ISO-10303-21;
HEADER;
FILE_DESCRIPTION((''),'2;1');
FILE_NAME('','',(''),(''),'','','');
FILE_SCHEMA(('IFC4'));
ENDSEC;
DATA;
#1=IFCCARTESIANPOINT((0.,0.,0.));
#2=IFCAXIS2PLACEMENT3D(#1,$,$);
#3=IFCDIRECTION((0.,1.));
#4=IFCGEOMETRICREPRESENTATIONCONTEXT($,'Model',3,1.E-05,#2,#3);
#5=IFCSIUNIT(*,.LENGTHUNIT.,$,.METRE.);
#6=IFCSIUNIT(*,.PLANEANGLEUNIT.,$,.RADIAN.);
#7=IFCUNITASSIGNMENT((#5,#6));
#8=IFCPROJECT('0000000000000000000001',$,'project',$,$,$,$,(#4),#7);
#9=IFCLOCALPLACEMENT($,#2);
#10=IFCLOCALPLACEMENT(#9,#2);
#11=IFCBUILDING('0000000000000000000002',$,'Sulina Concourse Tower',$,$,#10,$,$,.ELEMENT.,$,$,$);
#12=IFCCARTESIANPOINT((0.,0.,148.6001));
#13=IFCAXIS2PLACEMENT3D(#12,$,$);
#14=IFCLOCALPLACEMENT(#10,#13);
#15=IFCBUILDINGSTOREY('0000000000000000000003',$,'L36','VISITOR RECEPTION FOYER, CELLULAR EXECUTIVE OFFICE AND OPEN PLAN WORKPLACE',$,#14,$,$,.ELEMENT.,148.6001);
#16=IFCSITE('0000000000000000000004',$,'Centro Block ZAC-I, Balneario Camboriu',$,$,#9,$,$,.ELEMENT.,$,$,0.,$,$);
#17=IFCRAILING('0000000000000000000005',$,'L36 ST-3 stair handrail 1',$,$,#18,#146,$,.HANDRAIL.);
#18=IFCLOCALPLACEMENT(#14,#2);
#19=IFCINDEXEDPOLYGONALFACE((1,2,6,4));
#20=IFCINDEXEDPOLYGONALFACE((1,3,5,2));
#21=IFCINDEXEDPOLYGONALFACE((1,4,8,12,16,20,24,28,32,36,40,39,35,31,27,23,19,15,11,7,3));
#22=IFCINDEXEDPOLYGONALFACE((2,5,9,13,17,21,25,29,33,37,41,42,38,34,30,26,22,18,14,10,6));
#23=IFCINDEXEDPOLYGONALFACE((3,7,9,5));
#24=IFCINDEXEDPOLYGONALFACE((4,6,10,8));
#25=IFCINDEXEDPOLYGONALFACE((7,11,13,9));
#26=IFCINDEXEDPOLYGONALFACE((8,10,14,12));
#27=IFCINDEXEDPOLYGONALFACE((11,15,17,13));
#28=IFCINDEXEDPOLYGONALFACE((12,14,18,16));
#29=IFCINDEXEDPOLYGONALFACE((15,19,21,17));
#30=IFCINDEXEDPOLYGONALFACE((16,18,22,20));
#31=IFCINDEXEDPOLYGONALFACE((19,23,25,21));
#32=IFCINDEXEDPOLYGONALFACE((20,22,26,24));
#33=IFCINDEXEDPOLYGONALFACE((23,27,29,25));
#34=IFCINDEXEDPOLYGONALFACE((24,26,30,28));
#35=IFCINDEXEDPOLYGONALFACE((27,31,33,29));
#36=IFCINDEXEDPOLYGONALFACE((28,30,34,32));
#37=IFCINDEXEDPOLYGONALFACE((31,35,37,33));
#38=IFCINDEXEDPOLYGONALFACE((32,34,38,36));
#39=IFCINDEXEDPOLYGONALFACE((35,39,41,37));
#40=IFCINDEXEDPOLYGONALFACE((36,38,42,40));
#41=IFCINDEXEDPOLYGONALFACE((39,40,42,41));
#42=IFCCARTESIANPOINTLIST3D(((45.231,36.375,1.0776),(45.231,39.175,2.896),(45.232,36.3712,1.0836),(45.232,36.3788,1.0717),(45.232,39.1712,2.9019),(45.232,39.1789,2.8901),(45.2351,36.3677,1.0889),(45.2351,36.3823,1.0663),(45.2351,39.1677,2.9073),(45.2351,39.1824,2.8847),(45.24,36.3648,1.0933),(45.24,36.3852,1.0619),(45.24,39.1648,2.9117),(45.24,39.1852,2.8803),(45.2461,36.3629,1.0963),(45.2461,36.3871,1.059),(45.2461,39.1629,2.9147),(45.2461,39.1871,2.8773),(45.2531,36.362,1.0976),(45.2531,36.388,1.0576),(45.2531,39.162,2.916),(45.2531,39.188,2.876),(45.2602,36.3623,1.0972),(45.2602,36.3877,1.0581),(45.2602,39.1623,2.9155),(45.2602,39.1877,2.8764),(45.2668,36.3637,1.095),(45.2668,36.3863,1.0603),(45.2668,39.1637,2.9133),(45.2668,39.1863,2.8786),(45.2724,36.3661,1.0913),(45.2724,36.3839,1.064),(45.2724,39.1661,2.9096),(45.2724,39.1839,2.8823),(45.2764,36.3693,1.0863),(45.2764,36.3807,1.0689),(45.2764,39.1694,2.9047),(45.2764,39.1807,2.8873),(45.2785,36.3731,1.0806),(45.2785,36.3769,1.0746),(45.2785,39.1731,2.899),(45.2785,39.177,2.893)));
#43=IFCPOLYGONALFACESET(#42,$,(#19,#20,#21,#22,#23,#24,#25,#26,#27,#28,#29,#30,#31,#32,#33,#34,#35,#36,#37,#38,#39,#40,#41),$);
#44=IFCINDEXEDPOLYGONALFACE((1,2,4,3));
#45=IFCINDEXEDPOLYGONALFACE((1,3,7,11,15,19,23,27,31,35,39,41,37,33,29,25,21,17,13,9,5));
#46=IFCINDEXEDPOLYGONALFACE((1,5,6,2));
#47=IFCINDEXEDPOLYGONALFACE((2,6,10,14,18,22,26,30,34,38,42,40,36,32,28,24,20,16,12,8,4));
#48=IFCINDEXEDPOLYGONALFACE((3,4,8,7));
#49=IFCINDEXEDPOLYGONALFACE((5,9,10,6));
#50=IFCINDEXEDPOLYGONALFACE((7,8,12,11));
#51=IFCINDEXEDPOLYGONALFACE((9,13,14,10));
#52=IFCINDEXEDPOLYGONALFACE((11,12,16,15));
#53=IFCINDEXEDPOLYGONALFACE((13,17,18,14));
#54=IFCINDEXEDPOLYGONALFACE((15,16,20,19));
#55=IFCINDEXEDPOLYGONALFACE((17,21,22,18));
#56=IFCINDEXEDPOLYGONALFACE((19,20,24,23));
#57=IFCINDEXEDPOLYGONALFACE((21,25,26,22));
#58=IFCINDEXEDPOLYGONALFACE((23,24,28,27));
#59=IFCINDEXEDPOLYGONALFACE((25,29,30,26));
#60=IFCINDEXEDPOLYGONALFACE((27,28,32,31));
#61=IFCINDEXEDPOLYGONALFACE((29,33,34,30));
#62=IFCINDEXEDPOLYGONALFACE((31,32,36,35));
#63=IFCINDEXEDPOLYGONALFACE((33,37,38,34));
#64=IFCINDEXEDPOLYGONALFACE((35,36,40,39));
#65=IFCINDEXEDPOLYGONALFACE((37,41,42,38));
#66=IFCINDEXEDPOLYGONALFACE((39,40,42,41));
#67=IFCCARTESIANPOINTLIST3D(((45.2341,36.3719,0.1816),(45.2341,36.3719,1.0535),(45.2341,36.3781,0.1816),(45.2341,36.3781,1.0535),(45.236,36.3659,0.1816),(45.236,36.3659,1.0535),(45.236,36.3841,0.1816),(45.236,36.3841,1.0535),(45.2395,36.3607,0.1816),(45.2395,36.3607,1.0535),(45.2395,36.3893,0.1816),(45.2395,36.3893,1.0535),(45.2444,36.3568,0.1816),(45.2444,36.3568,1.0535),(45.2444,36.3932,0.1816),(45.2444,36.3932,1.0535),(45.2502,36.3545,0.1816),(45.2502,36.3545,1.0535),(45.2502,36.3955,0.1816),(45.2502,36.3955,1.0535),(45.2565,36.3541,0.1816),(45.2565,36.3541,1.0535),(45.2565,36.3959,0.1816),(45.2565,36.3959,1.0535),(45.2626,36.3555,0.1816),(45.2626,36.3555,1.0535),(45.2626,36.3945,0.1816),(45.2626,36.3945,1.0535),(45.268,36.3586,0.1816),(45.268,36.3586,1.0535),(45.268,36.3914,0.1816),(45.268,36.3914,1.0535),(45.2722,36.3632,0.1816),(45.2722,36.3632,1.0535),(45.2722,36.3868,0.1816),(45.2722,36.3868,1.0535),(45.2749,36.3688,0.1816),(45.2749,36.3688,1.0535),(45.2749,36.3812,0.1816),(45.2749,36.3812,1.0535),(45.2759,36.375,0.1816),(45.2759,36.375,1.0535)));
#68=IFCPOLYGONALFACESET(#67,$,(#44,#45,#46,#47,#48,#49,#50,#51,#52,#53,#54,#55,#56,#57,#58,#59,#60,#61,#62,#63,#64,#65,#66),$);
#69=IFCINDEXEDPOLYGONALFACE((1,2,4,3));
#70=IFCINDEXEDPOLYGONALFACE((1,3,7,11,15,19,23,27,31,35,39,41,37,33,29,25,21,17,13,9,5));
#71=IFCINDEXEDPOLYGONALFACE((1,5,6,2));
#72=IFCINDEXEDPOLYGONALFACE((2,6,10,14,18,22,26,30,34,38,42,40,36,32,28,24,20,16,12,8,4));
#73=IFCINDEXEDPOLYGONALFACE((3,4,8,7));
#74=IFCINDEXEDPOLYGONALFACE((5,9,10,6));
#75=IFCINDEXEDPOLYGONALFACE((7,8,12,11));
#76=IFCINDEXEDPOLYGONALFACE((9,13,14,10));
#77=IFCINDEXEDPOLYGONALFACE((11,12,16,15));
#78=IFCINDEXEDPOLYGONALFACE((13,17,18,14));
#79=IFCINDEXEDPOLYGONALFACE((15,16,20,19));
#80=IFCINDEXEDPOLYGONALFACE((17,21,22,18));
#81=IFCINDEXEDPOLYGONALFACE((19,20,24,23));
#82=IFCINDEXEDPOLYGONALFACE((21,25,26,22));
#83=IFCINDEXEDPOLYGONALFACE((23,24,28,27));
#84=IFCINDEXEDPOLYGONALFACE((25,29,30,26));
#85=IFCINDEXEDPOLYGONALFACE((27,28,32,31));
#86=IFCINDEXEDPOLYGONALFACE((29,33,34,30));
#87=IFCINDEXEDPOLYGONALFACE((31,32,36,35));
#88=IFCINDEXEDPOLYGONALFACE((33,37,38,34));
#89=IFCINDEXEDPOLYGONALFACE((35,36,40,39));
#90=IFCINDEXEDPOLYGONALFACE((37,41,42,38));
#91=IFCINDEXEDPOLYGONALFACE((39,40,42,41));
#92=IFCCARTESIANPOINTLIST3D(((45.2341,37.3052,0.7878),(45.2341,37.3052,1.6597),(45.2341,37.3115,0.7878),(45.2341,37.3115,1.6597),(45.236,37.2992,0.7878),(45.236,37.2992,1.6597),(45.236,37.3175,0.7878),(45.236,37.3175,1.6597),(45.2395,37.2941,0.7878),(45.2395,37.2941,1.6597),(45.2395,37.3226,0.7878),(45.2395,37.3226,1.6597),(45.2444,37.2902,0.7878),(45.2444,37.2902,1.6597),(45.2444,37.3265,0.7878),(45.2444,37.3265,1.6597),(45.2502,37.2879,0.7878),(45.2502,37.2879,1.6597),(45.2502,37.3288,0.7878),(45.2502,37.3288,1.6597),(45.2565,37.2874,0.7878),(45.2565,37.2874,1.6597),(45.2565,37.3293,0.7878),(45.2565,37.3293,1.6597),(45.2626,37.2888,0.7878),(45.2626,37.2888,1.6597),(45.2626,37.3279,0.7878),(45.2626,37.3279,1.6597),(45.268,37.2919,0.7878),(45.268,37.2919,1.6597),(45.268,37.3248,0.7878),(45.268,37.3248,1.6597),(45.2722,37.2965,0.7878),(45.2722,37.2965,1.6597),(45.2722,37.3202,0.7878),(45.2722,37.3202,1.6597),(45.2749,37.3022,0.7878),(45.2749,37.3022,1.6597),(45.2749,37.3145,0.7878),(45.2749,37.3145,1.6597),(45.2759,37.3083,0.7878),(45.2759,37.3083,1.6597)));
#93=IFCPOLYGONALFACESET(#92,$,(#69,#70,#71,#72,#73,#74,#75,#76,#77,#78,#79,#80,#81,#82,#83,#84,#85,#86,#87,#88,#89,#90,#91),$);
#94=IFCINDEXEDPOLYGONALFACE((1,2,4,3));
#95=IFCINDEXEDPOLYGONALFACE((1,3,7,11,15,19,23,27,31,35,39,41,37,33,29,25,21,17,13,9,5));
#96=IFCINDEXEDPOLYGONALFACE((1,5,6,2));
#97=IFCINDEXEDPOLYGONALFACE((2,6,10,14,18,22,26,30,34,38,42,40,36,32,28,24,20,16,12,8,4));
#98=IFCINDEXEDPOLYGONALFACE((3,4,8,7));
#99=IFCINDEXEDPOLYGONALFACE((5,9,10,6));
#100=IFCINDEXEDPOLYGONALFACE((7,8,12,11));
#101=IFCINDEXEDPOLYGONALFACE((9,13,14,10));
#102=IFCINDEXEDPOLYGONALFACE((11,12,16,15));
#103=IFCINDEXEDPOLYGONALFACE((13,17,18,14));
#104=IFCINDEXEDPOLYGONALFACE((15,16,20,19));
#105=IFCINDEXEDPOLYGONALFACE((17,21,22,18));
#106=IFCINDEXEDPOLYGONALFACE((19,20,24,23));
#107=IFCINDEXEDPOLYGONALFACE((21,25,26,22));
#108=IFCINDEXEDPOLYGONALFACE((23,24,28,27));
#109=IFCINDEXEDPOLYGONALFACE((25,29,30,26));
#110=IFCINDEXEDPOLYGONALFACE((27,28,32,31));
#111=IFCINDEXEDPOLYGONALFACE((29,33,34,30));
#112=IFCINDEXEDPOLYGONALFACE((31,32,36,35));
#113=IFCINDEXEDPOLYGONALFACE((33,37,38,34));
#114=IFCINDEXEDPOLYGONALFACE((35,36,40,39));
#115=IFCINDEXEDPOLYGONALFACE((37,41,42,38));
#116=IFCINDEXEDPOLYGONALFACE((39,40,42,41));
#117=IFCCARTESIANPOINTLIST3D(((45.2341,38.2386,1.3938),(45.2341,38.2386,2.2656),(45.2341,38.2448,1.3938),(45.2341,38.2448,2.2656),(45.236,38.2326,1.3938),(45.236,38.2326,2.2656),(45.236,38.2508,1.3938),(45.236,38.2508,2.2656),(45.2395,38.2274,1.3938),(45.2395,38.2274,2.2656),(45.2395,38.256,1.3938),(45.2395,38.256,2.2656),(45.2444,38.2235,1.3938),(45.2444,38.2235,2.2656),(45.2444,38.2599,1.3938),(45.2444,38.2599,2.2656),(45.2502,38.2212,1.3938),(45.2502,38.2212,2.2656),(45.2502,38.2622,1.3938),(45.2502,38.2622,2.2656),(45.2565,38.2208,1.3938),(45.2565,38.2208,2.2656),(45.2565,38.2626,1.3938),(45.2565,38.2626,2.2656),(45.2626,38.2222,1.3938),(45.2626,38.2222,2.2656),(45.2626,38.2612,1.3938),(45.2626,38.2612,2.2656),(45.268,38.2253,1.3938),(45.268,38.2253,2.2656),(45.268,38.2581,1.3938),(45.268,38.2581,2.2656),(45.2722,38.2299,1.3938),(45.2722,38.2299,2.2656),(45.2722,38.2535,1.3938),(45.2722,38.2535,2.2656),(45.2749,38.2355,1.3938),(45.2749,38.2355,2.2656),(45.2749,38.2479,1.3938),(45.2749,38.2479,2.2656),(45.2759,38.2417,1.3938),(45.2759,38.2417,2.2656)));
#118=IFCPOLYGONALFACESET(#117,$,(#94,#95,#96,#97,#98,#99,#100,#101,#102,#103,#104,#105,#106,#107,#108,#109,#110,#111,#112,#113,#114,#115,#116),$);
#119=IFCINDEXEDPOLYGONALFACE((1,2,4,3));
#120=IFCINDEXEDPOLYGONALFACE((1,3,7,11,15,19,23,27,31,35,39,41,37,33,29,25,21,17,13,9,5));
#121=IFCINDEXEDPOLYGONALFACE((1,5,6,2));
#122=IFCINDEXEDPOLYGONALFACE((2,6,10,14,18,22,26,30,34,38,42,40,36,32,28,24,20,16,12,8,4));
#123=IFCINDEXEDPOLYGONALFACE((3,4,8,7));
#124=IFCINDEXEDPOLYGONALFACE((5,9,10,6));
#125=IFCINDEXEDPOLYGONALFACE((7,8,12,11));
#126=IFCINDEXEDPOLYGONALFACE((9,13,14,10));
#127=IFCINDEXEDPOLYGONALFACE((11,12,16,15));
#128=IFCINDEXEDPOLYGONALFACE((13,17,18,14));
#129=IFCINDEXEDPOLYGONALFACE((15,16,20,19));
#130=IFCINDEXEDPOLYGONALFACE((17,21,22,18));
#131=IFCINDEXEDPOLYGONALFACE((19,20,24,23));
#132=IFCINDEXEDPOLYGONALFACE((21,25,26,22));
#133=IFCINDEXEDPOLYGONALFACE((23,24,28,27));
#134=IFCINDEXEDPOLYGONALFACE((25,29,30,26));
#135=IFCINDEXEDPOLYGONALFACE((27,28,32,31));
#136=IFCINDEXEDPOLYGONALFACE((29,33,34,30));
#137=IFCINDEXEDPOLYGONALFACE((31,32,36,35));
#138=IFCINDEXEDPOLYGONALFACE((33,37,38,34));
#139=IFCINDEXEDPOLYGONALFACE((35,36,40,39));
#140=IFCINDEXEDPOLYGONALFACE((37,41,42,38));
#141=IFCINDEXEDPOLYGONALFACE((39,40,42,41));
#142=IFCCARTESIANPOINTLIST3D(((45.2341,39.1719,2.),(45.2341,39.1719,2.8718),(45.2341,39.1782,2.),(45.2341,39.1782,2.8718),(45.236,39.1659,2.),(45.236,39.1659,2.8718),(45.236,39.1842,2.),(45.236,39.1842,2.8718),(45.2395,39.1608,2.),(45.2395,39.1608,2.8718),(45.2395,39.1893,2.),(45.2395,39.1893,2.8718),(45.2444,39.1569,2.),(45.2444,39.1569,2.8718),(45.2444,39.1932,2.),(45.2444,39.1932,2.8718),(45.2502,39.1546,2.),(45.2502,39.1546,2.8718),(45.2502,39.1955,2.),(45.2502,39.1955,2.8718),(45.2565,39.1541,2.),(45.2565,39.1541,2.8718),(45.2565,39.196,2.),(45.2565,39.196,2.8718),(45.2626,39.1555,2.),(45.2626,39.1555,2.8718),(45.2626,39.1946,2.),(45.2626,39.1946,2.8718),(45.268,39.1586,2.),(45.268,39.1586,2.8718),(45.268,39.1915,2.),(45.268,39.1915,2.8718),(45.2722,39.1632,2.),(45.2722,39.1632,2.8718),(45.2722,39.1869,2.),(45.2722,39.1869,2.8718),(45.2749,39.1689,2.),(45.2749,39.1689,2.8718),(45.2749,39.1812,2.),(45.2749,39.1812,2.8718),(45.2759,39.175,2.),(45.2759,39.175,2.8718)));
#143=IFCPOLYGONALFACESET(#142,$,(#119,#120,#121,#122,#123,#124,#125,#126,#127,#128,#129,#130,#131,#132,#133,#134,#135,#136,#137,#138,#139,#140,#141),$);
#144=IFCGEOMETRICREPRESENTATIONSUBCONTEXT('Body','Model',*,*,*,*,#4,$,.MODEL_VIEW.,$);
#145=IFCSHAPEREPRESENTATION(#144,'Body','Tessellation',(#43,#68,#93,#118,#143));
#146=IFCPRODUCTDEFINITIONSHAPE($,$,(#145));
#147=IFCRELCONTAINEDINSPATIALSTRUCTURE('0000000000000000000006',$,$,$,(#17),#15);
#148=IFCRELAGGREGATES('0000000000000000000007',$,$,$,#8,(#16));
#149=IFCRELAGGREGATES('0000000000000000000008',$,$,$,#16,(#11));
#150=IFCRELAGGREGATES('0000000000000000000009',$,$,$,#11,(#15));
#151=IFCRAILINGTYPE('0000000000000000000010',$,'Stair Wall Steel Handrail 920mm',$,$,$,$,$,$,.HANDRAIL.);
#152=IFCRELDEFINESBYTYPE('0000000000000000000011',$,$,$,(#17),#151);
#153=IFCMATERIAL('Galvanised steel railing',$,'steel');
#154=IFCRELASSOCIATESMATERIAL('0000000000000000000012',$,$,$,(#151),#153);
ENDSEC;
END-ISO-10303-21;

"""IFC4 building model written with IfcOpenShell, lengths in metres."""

from ifc_helpers import new_model, si_unit, direction, frame, origin, origin_2d, place, context, subcontext, project, spatial, circle, extrude, material, type_object, element, save


model = new_model("IFC4")

# Units and contexts
model_context = context("Model", 3, precision=1e-05, world=origin(), true_north=direction((0.0, 1.0)))
body_context = subcontext(model_context, "Body", "Model", "MODEL_VIEW")
ifc_project = project(units=[si_unit("LENGTHUNIT", "METRE"), si_unit("PLANEANGLEUNIT", "RADIAN")], contexts=[model_context])

# Site, building, storey
site_placement = place(None, origin())
site = spatial("IfcSite", under=ifc_project, at=site_placement, Name="Centro Block ZAC-I, Balneario Camboriu", CompositionType="ELEMENT", RefElevation=0.0)
building_placement = place(site_placement, origin())
building = spatial("IfcBuilding", under=site, at=building_placement, Name="Sulina Concourse Tower", CompositionType="ELEMENT")
storey_placement = place(building_placement, frame((0.0, 0.0, 148.6001)))
storey = spatial("IfcBuildingStorey", under=building, at=storey_placement, Name="L36", Description="VISITOR RECEPTION FOYER, CELLULAR EXECUTIVE OFFICE AND OPEN PLAN WORKPLACE", CompositionType="ELEMENT", Elevation=148.6001)

# Railing
ifc_material_1 = material(Name="Galvanised steel railing", Category="steel")
railing_type_1 = type_object("IfcRailingType", Name="Stair Wall Steel Handrail 920mm", PredefinedType="HANDRAIL", material=ifc_material_1)
railing_1_placement = place(storey_placement, frame((45.2549, 36.375, 0.1816)))
element("IfcRailing", 1, at=railing_1_placement, inside=storey, type_object=railing_type_1, Name="L36 ST-3 stair handrail 1", PredefinedType="HANDRAIL", context=body_context, shape_type="SweptSolid", body=[
    extrude(circle(Radius=0.0239, at=origin_2d()), frame((0.0, 0.0, 0.896), z_axis=(0.0, 0.838672, 0.544636), x_axis=(-1.0, 0.0, 0.0)), (0.0, 0.0, 1.0), 3.3386),
    extrude(circle(Radius=0.021, at=origin_2d()), origin(), (0.0, 0.0, 1.0), 0.8718),
    extrude(circle(Radius=0.021, at=origin_2d()), frame((0.0, 0.9333, 0.6062)), (0.0, 0.0, 1.0), 0.8718),
    extrude(circle(Radius=0.021, at=origin_2d()), frame((0.0, 1.8667, 1.2122)), (0.0, 0.0, 1.0), 0.8718),
    extrude(circle(Radius=0.021, at=origin_2d()), frame((0.0, 2.8, 1.8184)), (0.0, 0.0, 1.0), 0.8718),
])

save(model, "model.ifc")
